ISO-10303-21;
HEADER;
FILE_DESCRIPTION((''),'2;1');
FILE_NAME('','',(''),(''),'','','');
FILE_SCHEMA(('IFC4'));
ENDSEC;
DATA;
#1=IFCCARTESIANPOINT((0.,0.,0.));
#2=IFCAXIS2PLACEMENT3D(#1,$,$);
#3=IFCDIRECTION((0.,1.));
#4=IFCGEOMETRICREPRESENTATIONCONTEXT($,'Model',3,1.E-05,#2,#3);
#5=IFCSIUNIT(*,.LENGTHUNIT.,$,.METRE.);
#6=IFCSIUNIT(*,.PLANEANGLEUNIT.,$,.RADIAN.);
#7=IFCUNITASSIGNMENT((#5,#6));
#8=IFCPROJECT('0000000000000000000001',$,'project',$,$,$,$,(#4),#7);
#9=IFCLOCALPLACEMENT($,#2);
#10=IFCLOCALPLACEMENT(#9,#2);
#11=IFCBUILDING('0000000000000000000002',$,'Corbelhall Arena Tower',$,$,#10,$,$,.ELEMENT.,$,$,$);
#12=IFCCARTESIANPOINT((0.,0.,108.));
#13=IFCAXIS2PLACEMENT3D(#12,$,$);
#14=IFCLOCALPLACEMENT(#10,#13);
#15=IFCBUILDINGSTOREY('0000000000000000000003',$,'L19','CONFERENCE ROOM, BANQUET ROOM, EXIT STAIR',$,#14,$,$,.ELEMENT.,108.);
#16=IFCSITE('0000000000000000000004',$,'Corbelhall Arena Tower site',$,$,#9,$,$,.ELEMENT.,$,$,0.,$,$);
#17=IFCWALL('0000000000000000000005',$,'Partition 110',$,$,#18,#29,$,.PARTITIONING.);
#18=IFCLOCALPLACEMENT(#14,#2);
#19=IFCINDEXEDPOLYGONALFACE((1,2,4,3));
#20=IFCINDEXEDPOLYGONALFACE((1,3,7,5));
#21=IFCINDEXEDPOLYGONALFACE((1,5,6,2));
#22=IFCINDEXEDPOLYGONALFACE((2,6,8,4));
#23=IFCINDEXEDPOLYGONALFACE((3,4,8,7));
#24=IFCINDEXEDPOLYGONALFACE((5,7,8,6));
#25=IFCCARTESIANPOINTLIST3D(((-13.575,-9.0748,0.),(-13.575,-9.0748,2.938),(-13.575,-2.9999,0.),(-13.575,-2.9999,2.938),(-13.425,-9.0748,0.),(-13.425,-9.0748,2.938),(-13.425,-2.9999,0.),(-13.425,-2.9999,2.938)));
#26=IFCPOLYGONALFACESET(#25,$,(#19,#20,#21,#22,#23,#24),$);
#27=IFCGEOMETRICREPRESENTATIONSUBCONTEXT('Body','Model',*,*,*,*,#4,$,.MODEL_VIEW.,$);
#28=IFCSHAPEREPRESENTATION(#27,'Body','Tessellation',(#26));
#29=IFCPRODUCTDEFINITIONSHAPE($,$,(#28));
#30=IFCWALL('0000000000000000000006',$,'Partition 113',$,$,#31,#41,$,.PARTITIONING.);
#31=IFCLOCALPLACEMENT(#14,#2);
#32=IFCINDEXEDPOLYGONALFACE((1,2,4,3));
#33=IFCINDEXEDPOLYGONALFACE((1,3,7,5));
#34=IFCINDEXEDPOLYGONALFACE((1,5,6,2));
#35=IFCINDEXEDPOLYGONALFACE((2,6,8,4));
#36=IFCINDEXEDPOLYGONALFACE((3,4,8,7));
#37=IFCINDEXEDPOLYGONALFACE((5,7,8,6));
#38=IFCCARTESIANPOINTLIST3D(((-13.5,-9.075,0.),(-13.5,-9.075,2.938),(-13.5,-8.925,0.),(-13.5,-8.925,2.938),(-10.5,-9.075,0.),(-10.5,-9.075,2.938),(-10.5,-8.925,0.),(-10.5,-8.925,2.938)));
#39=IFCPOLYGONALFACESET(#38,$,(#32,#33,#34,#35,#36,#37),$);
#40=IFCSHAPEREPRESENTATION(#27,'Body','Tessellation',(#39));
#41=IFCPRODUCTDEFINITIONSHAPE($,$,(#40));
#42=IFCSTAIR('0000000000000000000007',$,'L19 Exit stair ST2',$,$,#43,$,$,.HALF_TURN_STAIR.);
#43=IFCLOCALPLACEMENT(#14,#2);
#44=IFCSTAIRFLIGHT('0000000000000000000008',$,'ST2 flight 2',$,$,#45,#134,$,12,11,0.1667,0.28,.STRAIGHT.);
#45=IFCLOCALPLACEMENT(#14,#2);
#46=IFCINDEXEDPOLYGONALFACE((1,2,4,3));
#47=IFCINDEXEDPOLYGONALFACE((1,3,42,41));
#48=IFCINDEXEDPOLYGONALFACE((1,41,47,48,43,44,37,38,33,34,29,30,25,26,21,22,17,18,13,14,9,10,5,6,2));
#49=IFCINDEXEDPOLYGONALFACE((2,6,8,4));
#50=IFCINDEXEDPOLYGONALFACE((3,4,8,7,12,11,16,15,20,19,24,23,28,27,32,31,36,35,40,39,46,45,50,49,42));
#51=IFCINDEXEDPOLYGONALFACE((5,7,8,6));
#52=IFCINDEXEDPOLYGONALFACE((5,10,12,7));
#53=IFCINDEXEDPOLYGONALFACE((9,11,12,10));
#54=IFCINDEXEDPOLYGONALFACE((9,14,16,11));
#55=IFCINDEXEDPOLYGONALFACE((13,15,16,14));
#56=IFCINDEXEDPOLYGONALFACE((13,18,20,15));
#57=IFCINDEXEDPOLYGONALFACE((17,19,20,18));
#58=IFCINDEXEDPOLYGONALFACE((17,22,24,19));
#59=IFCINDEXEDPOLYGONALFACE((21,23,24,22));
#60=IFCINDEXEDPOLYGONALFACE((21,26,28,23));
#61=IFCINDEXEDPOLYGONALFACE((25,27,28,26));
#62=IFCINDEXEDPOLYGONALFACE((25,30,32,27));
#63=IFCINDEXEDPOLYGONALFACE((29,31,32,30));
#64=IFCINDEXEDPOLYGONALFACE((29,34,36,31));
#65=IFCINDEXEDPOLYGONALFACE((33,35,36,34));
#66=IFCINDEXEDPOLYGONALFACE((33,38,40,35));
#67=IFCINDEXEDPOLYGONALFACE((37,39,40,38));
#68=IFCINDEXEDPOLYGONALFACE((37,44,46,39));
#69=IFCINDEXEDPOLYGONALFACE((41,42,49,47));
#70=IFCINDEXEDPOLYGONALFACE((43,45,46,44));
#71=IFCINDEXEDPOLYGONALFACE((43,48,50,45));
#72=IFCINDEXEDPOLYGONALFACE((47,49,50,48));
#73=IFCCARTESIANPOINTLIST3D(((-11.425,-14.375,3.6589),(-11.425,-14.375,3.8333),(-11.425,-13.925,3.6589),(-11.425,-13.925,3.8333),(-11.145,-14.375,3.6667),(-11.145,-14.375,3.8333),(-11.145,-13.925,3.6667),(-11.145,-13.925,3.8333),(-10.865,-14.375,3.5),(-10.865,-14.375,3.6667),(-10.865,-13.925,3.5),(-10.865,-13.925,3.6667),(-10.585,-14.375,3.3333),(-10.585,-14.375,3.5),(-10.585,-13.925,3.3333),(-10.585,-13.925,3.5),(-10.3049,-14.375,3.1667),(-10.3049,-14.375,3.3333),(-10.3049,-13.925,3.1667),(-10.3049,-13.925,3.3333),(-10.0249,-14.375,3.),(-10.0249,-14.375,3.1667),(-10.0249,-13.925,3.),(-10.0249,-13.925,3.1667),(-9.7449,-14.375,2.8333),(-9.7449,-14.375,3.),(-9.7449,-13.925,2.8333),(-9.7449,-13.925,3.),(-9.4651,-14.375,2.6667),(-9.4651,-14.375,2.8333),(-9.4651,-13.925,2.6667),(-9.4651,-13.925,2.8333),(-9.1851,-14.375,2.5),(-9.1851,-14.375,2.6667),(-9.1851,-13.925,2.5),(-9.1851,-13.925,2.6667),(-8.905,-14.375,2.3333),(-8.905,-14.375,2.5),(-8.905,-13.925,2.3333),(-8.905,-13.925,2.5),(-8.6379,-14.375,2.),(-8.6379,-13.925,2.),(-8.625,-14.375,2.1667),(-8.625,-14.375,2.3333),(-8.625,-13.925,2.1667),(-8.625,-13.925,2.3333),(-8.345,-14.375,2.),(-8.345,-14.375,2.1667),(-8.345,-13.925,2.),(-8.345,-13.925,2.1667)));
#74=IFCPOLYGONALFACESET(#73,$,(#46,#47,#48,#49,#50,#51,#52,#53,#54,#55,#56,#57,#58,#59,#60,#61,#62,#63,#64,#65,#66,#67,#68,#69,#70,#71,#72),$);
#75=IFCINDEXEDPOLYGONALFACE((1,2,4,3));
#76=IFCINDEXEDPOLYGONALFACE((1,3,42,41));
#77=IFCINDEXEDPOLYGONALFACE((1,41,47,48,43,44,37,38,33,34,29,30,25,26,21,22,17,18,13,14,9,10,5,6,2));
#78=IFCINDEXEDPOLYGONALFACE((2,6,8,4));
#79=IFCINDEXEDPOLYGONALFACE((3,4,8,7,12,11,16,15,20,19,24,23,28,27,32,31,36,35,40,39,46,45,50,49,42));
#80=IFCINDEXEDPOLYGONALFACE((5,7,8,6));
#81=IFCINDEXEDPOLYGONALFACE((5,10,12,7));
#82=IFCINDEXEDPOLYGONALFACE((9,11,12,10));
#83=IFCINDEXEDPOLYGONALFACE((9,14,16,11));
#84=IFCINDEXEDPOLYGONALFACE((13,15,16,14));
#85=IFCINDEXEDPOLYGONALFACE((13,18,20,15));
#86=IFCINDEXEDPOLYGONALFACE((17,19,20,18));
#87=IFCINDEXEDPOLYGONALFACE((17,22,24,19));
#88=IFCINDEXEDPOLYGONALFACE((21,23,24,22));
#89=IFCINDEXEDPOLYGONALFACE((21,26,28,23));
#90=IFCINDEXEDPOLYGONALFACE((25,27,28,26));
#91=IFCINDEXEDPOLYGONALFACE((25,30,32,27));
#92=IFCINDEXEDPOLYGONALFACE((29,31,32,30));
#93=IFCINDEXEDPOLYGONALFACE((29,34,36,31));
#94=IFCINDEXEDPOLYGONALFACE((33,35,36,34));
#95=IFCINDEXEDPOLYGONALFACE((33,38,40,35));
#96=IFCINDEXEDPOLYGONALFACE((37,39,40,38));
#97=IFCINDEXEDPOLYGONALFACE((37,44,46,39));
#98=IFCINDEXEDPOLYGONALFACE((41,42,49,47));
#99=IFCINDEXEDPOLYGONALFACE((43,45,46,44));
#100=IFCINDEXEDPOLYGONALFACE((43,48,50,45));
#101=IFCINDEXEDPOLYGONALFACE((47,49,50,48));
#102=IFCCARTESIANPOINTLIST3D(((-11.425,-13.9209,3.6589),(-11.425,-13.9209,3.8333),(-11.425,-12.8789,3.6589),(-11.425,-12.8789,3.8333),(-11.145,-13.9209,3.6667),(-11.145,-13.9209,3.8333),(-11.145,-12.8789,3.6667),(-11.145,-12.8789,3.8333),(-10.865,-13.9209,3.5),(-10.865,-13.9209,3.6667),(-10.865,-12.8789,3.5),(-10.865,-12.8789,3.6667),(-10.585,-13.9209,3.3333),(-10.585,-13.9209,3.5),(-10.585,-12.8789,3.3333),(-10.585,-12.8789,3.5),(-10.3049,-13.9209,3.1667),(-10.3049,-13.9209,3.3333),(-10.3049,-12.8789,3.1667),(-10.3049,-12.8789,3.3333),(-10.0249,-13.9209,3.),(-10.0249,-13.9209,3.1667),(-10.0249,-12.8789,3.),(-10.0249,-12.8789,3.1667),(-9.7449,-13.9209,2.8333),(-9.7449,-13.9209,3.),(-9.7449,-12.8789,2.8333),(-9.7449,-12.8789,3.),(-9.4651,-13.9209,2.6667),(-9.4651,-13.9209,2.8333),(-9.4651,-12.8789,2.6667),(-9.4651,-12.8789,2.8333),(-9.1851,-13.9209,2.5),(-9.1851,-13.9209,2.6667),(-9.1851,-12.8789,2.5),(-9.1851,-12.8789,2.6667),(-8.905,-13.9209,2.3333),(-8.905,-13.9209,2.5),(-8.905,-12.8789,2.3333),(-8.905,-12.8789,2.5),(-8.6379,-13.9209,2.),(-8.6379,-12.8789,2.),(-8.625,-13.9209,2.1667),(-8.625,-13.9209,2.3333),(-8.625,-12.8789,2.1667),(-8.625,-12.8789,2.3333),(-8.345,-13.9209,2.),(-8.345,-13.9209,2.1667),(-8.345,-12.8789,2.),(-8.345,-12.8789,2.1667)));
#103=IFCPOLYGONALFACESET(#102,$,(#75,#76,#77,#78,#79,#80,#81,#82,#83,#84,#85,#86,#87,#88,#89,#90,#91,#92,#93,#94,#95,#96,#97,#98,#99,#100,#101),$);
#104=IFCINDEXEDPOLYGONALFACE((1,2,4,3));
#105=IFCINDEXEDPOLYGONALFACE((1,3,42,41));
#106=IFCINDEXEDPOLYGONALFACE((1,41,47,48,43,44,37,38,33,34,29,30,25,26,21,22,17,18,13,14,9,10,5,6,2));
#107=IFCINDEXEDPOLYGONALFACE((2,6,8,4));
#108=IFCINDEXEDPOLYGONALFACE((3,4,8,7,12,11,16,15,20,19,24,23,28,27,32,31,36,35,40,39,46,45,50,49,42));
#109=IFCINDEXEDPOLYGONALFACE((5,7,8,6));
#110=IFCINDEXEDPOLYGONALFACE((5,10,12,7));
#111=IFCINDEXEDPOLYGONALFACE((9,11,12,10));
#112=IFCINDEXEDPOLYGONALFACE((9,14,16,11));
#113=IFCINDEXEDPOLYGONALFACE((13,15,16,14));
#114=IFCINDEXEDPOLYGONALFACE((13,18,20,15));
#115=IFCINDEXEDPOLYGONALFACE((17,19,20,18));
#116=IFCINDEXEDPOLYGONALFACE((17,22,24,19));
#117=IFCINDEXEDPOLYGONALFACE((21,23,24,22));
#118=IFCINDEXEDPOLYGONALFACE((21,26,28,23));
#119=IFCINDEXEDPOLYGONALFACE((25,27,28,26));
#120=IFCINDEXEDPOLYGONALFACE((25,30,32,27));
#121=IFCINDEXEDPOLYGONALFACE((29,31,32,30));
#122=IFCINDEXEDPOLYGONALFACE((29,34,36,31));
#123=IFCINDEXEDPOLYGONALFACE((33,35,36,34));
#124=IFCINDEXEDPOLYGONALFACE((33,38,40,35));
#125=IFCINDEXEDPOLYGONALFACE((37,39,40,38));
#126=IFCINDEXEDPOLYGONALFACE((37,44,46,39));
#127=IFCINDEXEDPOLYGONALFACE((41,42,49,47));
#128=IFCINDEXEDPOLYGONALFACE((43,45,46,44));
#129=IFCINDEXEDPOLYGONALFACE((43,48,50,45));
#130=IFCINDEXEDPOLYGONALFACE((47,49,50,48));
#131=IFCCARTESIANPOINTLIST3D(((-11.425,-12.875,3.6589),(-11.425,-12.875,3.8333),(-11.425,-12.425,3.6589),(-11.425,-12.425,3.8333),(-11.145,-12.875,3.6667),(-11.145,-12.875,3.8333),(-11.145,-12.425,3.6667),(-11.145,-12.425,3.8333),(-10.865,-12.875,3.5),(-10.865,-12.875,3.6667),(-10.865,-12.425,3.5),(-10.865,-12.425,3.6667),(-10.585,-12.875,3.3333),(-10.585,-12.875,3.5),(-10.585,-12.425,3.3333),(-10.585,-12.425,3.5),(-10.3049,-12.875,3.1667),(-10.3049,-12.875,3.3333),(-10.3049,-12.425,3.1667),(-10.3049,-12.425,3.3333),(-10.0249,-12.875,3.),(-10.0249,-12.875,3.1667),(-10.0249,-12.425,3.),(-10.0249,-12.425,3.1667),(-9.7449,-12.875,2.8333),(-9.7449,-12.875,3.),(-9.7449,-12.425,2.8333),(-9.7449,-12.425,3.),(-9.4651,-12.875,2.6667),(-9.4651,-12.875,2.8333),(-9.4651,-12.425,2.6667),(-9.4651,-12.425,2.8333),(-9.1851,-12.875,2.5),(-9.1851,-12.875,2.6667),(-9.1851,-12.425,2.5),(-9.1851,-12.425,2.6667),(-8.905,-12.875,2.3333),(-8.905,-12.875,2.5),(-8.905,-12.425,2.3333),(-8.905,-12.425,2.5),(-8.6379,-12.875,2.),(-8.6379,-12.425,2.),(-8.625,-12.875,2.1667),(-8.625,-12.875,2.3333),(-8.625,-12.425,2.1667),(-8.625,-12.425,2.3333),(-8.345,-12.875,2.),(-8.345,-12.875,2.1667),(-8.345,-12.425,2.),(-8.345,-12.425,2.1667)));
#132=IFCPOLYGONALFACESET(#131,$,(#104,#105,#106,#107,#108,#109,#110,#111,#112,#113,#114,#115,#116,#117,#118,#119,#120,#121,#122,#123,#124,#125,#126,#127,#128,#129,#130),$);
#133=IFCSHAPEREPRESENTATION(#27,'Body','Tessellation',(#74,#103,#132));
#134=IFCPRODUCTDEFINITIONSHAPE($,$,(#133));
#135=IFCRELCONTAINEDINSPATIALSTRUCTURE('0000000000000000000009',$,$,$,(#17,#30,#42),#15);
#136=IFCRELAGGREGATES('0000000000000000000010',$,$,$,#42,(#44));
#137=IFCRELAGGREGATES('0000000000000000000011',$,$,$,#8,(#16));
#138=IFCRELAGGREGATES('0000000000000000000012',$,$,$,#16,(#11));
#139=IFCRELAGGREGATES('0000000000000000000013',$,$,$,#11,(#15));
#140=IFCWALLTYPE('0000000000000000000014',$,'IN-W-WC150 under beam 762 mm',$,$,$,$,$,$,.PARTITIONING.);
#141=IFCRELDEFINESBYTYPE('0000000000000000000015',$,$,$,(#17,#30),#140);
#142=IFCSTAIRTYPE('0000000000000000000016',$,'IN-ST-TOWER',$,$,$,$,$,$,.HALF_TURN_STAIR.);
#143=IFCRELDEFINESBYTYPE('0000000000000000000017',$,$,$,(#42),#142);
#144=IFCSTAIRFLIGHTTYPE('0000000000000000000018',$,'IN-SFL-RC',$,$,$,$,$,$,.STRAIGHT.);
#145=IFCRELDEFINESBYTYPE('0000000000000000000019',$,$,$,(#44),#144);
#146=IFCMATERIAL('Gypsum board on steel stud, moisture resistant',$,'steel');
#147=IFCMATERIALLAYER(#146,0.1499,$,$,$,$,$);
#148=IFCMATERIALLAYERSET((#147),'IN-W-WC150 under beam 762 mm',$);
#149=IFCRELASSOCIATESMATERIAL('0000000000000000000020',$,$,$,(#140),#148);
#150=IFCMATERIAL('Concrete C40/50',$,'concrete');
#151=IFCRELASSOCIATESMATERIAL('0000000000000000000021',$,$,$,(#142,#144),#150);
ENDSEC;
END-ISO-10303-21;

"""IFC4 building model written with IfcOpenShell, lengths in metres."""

from ifc_helpers import new_model, si_unit, direction, frame, frame_2d, origin, place, context, subcontext, project, spatial, polyline, rectangle, outline, extrude, material, layer, layer_set, type_object, element, aggregate, save


model = new_model("IFC4")

# Units and contexts
model_context = context("Model", 3, precision=1e-05, world=origin(), true_north=direction((0.0, 1.0)))
body_context = subcontext(model_context, "Body", "Model", "MODEL_VIEW")
ifc_project = project(units=[si_unit("LENGTHUNIT", "METRE"), si_unit("PLANEANGLEUNIT", "RADIAN")], contexts=[model_context])

# Site, building, storey
site_placement = place(None, origin())
site = spatial("IfcSite", under=ifc_project, at=site_placement, Name="Corbelhall Arena Tower site", CompositionType="ELEMENT", RefElevation=0.0)
building_placement = place(site_placement, origin())
building = spatial("IfcBuilding", under=site, at=building_placement, Name="Corbelhall Arena Tower", CompositionType="ELEMENT")
storey_placement = place(building_placement, frame((0.0, 0.0, 108.0)))
storey = spatial("IfcBuildingStorey", under=building, at=storey_placement, Name="L19", Description="CONFERENCE ROOM, BANQUET ROOM, EXIT STAIR", CompositionType="ELEMENT", Elevation=108.0)

# Shared definitions
ifc_material_1 = material(Name="Concrete C40/50", Category="concrete")

# Shared definitions
ifc_material_2 = material(Name="Gypsum board on steel stud, moisture resistant", Category="steel")

# Walls
ifc_layer_1 = layer(ifc_material_2, 0.1499)
ifc_layer_set_1 = layer_set([ifc_layer_1], Name="IN-W-WC150 under beam 762 mm")
wall_type_1 = type_object("IfcWallType", Name="IN-W-WC150 under beam 762 mm", PredefinedType="PARTITIONING", material=ifc_layer_set_1)
wall_1_placement = place(storey_placement, frame((-13.5, -9.075, 0.0), z_axis=(0.0, 0.0, 1.0), x_axis=(0.0, 1.0, 0.0)))
element("IfcWall", 1, at=wall_1_placement, inside=storey, type_object=wall_type_1, Name="Partition 110", PredefinedType="PARTITIONING", context=body_context, shape_type="SweptSolid", body=[
    extrude(rectangle(XDim=6.075, YDim=0.1499, at=frame_2d((3.0376, 0.0))), origin(), (0.0, 0.0, 1.0), 2.938),
])
wall_2_placement = place(storey_placement, frame((-10.5, -9.0, 0.0), z_axis=(0.0, 0.0, 1.0), x_axis=(-1.0, 0.0, 0.0)))
element("IfcWall", 2, at=wall_2_placement, inside=storey, type_object=wall_type_1, Name="Partition 113", PredefinedType="PARTITIONING", context=body_context, shape_type="SweptSolid", body=[
    extrude(rectangle(XDim=3.0, YDim=0.1499, at=frame_2d((1.5, 0.0))), origin(), (0.0, 0.0, 1.0), 2.938),
])

# Stair, stair flight
stair_type = type_object("IfcStairType", Name="IN-ST-TOWER", PredefinedType="HALF_TURN_STAIR", material=ifc_material_1)
stair_placement = place(storey_placement, origin())
stair = element("IfcStair", 3, at=stair_placement, inside=storey, type_object=stair_type, Name="L19 Exit stair ST2", PredefinedType="HALF_TURN_STAIR")
stair_flight_type = type_object("IfcStairFlightType", Name="IN-SFL-RC", PredefinedType="STRAIGHT", material=ifc_material_1)
stair_flight_placement = place(storey_placement, frame((-8.345, -13.3999, 2.0), z_axis=(0.0, 0.0, 1.0), x_axis=(-1.0, 0.0, 0.0)))
stair_flight = element("IfcStairFlight", 4, at=stair_flight_placement, type_object=stair_flight_type, Name="ST2 flight 2", NumberOfRisers=12, NumberOfTreads=11, PredefinedType="STRAIGHT", RiserHeight=0.1667, TreadLength=0.28, context=body_context, shape_type="SweptSolid", body=[
    extrude(outline(polyline([(0.0, 0.0), (0.0, 0.1667), (0.28, 0.1667), (0.28, 0.3333), (0.5601, 0.3333), (0.5601, 0.5), (0.8401, 0.5), (0.8401, 0.6667), (1.1201, 0.6667), (1.1201, 0.8333), (1.3999, 0.8333), (1.3999, 1.0), (1.6799, 1.0), (1.6799, 1.1667), (1.96, 1.1667), (1.96, 1.3333), (2.24, 1.3333), (2.24, 1.5), (2.52, 1.5), (2.52, 1.6667), (2.8, 1.6667), (2.8, 1.8333), (3.0801, 1.8333), (3.0801, 2.0), (3.0801, 1.6589), (0.293, 0.0), (0.0, 0.0)])), frame((0.0, 0.9751, 0.0), z_axis=(0.0, -1.0, 0.0), x_axis=(1.0, 0.0, 0.0)), (0.0, 0.0, 1.0), 0.45),
    extrude(outline(polyline([(0.0, 0.0), (0.0, 0.1667), (0.28, 0.1667), (0.28, 0.3333), (0.5601, 0.3333), (0.5601, 0.5), (0.8401, 0.5), (0.8401, 0.6667), (1.1201, 0.6667), (1.1201, 0.8333), (1.3999, 0.8333), (1.3999, 1.0), (1.6799, 1.0), (1.6799, 1.1667), (1.96, 1.1667), (1.96, 1.3333), (2.24, 1.3333), (2.24, 1.5), (2.52, 1.5), (2.52, 1.6667), (2.8, 1.6667), (2.8, 1.8333), (3.0801, 1.8333), (3.0801, 2.0), (3.0801, 1.6589), (0.293, 0.0), (0.0, 0.0)])), frame((0.0, 0.521, 0.0), z_axis=(0.0, -1.0, 0.0), x_axis=(1.0, 0.0, 0.0)), (0.0, 0.0, 1.0), 1.042),
    extrude(outline(polyline([(0.0, 0.0), (0.0, 0.1667), (0.28, 0.1667), (0.28, 0.3333), (0.5601, 0.3333), (0.5601, 0.5), (0.8401, 0.5), (0.8401, 0.6667), (1.1201, 0.6667), (1.1201, 0.8333), (1.3999, 0.8333), (1.3999, 1.0), (1.6799, 1.0), (1.6799, 1.1667), (1.96, 1.1667), (1.96, 1.3333), (2.24, 1.3333), (2.24, 1.5), (2.52, 1.5), (2.52, 1.6667), (2.8, 1.6667), (2.8, 1.8333), (3.0801, 1.8333), (3.0801, 2.0), (3.0801, 1.6589), (0.293, 0.0), (0.0, 0.0)])), frame((0.0, -0.5249, 0.0), z_axis=(0.0, -1.0, 0.0), x_axis=(1.0, 0.0, 0.0)), (0.0, 0.0, 1.0), 0.45),
])
aggregate(stair, [stair_flight])

save(model, "model.ifc")
